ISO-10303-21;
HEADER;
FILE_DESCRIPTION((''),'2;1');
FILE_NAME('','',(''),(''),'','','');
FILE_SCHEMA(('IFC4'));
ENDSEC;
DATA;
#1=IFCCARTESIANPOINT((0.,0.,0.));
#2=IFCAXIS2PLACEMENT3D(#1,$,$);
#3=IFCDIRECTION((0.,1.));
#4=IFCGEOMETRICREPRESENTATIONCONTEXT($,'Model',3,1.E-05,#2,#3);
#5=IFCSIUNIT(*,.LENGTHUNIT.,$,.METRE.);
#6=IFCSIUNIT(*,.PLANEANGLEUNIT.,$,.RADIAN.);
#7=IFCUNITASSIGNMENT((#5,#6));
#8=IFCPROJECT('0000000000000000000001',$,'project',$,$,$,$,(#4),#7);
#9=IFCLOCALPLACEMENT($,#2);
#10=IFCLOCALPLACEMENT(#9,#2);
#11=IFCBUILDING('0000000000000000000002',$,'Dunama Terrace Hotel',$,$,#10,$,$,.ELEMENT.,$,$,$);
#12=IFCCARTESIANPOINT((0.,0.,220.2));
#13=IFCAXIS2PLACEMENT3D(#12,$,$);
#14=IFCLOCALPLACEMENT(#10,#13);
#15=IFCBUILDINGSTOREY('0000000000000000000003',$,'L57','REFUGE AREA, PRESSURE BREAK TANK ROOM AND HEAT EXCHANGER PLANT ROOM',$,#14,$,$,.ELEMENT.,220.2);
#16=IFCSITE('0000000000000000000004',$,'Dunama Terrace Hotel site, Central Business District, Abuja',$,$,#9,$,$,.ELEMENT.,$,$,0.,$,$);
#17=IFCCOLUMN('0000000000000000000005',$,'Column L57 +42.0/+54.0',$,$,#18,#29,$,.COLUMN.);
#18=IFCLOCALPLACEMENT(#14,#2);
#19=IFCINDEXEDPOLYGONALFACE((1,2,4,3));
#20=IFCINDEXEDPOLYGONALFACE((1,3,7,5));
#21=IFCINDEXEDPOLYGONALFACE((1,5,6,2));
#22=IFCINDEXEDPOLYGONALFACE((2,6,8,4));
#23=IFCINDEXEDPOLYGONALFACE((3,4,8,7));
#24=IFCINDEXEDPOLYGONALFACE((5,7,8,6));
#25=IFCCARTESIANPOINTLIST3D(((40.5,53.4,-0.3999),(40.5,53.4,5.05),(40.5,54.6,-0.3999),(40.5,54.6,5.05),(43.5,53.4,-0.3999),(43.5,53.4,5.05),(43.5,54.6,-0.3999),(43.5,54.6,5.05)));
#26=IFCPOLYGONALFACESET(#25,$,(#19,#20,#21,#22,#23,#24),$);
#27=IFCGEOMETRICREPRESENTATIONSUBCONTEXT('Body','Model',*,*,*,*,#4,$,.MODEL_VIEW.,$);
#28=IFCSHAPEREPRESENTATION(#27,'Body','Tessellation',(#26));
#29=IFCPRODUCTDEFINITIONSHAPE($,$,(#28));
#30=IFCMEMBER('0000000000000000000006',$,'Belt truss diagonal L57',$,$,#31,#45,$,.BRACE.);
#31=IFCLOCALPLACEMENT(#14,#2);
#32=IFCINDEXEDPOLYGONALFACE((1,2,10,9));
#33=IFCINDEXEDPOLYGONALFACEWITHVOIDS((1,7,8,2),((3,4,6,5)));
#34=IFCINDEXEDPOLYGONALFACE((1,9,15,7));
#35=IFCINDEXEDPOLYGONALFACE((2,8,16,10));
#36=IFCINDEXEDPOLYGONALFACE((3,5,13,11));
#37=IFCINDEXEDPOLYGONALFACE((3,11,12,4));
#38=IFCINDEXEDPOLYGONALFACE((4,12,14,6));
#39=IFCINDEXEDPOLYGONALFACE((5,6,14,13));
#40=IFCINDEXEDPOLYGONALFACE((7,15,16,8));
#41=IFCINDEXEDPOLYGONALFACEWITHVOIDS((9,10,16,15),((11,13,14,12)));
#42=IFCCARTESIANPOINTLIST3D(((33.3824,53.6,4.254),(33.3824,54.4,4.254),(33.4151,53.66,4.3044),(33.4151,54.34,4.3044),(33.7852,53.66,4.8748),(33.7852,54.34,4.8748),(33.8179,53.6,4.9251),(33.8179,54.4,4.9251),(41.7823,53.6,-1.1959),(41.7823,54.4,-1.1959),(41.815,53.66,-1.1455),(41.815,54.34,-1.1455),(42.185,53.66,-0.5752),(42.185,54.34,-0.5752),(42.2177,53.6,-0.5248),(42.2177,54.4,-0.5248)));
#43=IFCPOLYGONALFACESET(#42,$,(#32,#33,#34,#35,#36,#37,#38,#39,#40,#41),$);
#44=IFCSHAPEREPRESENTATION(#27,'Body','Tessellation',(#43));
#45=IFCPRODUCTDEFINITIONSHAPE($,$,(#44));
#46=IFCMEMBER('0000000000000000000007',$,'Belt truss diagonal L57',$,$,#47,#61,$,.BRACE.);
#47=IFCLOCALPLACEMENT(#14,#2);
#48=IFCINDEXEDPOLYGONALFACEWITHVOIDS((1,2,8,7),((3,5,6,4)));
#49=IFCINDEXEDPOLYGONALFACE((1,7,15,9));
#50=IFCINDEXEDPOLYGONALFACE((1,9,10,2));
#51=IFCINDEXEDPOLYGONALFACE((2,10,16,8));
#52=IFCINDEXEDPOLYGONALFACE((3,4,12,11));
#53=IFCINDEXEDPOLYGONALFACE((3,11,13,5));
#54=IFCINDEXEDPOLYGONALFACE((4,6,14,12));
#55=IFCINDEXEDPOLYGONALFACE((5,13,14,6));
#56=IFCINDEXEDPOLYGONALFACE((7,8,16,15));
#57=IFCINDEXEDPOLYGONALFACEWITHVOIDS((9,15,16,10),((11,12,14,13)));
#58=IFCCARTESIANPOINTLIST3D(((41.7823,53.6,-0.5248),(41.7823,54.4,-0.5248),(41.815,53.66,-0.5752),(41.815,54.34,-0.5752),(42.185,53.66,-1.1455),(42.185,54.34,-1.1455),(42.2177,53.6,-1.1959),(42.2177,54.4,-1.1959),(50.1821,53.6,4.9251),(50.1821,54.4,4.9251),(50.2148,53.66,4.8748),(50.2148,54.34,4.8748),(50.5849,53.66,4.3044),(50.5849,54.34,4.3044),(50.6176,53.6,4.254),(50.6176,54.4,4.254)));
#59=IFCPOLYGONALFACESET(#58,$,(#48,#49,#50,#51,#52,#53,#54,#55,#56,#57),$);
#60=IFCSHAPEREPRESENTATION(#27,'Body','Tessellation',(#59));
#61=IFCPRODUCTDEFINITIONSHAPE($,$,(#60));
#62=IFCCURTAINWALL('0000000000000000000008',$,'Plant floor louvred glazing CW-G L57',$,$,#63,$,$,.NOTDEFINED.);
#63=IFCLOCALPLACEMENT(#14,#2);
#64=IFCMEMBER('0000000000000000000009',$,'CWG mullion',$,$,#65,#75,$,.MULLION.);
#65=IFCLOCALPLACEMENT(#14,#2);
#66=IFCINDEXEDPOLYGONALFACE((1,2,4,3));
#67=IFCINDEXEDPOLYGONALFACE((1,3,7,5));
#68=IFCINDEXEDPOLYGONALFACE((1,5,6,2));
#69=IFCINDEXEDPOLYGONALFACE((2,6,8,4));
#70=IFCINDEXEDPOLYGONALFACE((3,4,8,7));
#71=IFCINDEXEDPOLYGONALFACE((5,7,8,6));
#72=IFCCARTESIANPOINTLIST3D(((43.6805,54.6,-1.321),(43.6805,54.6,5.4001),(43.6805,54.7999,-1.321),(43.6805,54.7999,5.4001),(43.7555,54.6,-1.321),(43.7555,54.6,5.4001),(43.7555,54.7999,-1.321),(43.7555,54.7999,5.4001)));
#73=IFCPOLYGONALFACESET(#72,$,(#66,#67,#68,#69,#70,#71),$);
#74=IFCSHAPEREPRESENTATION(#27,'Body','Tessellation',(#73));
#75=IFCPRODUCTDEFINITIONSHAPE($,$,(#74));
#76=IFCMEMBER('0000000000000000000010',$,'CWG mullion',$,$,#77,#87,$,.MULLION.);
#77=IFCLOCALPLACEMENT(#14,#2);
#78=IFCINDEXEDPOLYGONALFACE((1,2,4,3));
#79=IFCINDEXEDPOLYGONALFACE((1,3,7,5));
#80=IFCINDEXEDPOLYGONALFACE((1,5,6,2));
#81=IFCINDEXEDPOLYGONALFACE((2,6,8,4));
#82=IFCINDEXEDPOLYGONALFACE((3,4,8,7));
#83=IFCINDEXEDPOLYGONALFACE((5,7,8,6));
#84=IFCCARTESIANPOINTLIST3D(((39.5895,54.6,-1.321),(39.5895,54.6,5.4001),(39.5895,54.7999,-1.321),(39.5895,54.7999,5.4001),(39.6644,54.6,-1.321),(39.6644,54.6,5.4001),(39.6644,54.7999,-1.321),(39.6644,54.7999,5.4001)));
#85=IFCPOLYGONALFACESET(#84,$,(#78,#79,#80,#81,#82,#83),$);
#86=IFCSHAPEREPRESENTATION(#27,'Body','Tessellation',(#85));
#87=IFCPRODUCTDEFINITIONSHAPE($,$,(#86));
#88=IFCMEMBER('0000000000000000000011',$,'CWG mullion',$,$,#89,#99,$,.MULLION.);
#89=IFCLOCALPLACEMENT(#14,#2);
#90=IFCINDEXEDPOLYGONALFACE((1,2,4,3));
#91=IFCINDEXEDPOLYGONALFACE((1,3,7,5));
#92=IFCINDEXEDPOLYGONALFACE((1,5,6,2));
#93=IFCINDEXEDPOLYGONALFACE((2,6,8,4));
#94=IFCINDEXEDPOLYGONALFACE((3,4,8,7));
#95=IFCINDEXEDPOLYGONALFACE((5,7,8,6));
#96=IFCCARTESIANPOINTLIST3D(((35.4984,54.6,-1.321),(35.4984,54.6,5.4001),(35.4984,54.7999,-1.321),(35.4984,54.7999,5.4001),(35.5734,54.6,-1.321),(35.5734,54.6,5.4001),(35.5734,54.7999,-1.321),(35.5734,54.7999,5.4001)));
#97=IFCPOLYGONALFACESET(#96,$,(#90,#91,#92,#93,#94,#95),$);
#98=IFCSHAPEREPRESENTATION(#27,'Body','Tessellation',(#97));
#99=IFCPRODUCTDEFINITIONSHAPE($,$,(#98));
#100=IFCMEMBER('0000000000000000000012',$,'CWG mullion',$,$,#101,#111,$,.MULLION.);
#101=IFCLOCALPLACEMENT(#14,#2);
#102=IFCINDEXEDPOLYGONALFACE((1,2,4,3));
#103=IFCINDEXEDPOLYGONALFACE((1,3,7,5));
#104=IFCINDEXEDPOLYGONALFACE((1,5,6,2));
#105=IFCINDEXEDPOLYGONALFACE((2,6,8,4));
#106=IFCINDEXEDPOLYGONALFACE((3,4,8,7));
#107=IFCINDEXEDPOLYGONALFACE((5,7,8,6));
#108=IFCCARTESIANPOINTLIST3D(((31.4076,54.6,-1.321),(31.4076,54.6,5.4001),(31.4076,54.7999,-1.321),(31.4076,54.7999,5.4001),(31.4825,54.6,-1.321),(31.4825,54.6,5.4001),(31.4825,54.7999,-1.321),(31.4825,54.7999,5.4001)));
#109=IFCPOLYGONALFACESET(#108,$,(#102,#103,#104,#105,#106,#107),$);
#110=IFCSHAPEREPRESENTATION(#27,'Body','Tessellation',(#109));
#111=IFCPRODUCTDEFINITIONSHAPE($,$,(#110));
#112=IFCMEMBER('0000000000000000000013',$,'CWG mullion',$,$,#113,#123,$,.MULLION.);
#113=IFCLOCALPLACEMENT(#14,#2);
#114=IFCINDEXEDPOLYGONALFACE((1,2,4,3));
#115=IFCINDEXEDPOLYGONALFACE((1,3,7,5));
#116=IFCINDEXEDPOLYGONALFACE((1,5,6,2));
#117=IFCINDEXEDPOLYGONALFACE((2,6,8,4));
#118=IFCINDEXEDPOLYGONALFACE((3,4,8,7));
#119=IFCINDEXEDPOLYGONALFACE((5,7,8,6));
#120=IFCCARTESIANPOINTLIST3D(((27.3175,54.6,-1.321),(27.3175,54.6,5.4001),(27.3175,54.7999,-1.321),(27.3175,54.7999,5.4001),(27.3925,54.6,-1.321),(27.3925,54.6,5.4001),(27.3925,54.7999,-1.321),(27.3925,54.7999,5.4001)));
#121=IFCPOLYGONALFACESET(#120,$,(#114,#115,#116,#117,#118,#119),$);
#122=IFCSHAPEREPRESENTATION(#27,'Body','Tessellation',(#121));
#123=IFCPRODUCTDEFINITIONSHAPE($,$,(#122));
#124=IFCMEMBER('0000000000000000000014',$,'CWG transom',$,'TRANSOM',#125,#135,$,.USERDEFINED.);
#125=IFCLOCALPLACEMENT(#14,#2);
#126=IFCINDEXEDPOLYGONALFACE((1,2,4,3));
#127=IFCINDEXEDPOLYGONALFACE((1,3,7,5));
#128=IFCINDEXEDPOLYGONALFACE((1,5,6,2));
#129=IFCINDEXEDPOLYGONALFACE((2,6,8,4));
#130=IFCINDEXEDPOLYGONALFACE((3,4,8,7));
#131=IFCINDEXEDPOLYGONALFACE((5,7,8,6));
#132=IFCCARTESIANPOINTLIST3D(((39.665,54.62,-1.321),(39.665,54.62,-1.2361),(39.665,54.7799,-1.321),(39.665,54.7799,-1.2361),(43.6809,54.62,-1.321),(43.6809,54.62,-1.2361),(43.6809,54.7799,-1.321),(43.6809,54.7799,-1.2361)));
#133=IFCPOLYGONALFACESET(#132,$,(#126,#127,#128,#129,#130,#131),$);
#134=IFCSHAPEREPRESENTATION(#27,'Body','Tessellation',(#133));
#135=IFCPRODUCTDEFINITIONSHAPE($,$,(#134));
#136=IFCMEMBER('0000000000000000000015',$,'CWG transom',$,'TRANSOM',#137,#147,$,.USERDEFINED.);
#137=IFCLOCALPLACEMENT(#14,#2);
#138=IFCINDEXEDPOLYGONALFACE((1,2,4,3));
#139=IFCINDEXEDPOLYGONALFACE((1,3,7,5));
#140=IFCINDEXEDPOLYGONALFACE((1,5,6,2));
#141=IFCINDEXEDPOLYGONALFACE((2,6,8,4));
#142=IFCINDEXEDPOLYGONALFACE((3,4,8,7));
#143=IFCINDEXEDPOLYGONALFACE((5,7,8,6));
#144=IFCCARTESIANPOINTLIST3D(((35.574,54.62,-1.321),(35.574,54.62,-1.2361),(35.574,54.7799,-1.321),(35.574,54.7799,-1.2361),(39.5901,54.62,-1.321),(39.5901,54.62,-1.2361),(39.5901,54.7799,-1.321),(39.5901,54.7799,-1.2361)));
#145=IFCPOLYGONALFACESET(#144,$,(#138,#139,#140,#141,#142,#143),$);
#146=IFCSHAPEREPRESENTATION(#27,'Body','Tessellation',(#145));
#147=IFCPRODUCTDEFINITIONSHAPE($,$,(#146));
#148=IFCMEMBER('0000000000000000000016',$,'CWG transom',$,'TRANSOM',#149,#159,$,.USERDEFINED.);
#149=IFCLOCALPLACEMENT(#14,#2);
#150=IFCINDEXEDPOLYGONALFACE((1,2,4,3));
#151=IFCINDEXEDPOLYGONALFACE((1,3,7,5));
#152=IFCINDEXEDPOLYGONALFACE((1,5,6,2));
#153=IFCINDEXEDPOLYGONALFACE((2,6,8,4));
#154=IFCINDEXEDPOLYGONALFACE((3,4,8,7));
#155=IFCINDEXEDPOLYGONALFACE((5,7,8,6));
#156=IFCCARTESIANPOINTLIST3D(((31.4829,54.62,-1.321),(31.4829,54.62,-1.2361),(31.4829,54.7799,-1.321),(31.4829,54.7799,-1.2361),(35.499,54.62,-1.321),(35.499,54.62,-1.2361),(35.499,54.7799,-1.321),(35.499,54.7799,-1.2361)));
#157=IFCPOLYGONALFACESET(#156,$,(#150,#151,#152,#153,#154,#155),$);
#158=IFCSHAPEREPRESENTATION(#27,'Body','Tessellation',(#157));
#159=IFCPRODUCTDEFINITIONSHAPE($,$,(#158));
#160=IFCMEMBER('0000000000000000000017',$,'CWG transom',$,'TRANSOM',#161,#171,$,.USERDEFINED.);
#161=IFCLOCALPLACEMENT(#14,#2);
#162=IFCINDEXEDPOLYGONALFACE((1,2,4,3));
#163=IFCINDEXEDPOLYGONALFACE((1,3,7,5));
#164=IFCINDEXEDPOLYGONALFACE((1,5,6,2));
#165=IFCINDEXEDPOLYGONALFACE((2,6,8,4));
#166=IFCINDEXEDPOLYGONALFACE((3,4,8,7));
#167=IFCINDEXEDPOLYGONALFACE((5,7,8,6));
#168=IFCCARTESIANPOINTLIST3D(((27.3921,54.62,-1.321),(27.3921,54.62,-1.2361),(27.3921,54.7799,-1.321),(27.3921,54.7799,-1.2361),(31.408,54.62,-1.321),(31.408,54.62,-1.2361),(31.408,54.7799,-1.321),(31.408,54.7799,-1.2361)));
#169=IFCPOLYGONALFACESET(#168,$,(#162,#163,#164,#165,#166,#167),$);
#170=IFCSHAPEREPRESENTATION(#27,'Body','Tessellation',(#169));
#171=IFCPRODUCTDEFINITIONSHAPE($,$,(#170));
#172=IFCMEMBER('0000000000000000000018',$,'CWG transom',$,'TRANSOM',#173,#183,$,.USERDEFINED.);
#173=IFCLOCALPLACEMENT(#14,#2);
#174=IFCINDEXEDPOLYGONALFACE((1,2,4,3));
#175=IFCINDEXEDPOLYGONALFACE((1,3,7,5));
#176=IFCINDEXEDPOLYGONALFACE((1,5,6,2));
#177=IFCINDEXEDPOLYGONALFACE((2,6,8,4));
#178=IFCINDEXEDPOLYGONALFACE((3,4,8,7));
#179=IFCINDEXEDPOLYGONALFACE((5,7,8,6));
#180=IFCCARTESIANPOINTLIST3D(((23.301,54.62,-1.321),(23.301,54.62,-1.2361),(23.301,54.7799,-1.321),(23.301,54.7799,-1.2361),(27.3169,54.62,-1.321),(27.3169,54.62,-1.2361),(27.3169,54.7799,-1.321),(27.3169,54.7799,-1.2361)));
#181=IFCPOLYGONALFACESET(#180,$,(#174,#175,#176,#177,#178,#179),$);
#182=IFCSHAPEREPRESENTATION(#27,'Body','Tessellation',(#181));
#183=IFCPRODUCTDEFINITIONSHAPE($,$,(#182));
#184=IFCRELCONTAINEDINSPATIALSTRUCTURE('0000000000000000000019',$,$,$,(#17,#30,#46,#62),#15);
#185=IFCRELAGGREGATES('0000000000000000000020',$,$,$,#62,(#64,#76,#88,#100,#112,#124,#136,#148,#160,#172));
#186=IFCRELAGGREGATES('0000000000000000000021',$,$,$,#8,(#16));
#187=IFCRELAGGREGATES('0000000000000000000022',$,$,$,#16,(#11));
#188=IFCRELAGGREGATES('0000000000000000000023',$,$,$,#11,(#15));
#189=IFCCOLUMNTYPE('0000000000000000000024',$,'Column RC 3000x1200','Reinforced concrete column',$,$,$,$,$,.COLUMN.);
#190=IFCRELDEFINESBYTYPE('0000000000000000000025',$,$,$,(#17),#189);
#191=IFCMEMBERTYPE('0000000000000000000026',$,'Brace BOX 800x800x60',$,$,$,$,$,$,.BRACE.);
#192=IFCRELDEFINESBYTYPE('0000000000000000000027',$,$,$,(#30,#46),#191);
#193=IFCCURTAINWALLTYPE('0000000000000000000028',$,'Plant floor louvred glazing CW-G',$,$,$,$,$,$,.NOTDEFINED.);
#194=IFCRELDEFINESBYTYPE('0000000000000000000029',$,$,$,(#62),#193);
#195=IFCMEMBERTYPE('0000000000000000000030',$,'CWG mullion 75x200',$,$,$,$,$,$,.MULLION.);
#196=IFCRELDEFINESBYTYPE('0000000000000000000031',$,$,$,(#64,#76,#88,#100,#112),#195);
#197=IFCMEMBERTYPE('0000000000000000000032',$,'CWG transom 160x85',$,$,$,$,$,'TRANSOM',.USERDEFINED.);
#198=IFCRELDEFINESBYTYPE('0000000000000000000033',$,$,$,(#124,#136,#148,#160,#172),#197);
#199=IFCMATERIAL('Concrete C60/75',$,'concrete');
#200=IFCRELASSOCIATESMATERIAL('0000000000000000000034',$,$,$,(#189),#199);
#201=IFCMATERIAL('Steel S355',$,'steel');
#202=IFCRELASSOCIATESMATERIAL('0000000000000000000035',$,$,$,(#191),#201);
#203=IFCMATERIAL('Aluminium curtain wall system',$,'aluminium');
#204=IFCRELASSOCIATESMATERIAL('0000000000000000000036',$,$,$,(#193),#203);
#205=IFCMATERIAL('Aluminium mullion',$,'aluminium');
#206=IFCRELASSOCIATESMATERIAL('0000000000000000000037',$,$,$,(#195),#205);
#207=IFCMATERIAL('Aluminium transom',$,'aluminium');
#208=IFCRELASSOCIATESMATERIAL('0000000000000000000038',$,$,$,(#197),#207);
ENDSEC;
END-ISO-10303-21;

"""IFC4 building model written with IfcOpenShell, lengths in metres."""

from ifc_helpers import new_model, si_unit, direction, frame, origin, origin_2d, place, context, subcontext, project, spatial, rectangle, hollow_rectangle, extrude, material, material_profile, profile_set, type_object, element, aggregate, save


model = new_model("IFC4")

# Units and contexts
model_context = context("Model", 3, precision=1e-05, world=origin(), true_north=direction((0.0, 1.0)))
body_context = subcontext(model_context, "Body", "Model", "MODEL_VIEW")
ifc_project = project(units=[si_unit("LENGTHUNIT", "METRE"), si_unit("PLANEANGLEUNIT", "RADIAN")], contexts=[model_context])

# Site, building, storey
site_placement = place(None, origin())
site = spatial("IfcSite", under=ifc_project, at=site_placement, Name="Dunama Terrace Hotel site, Central Business District, Abuja", CompositionType="ELEMENT", RefElevation=0.0)
building_placement = place(site_placement, origin())
building = spatial("IfcBuilding", under=site, at=building_placement, Name="Dunama Terrace Hotel", CompositionType="ELEMENT")
storey_placement = place(building_placement, frame((0.0, 0.0, 220.2)))
storey = spatial("IfcBuildingStorey", under=building, at=storey_placement, Name="L57", Description="REFUGE AREA, PRESSURE BREAK TANK ROOM AND HEAT EXCHANGER PLANT ROOM", CompositionType="ELEMENT", Elevation=220.2)

# Column
ifc_material_1 = material(Name="Concrete C60/75", Category="concrete")
ifc_material_profile_1 = material_profile(ifc_material_1, rectangle(XDim=3.0, YDim=1.2, at=origin_2d()), Name="RC 3000x1200")
ifc_profile_set_1 = profile_set([ifc_material_profile_1], Name="Concrete C60/75")
column_type = type_object("IfcColumnType", Name="Column RC 3000x1200", Description="Reinforced concrete column", PredefinedType="COLUMN", material=ifc_profile_set_1)
column_placement = place(storey_placement, frame((42.0, 54.0, -0.3999), z_axis=(0.0, 0.0, 1.0), x_axis=(1.0, 0.0, 0.0)))
element("IfcColumn", 1, at=column_placement, inside=storey, type_object=column_type, Name="Column L57 +42.0/+54.0", PredefinedType="COLUMN", context=body_context, shape_type="SweptSolid", body=[
    extrude(rectangle(XDim=3.0, YDim=1.2, at=origin_2d()), origin(), (0.0, 0.0, 1.0), 5.45),
])

# Members
ifc_material_2 = material(Name="Steel S355", Category="steel")
ifc_material_profile_2 = material_profile(ifc_material_2, hollow_rectangle(XDim=0.8, YDim=0.8, WallThickness=0.0601, at=origin_2d()), Name="BOX 800x800x60")
ifc_profile_set_2 = profile_set([ifc_material_profile_2], Name="Steel S355")
member_type_1 = type_object("IfcMemberType", Name="Brace BOX 800x800x60", PredefinedType="BRACE", material=ifc_profile_set_2)
for number, where, z_axis, x_axis, name in (
    (2, (42.0, 54.0, -0.8604), (-0.838899, 0.0, 0.544287), (0.0, -1.0, 0.0), "Belt truss diagonal L57"),
    (3, (42.0, 54.0, -0.8604), (0.838899, 0.0, 0.544287), (0.0, 1.0, 0.0), "Belt truss diagonal L57"),
):
    element("IfcMember", number, at=place(storey_placement, frame(where, z_axis=z_axis, x_axis=x_axis)), inside=storey, type_object=member_type_1, Name=name, PredefinedType="BRACE", context=body_context, shape_type="SweptSolid", body=[
        extrude(hollow_rectangle(XDim=0.8, YDim=0.8, WallThickness=0.0601, at=origin_2d()), origin(), (0.0, 0.0, 1.0), 10.0129),
    ])

# Curtain wall, members
ifc_material_3 = material(Name="Aluminium curtain wall system", Category="aluminium")
curtain_wall_type = type_object("IfcCurtainWallType", Name="Plant floor louvred glazing CW-G", PredefinedType="NOTDEFINED", material=ifc_material_3)
curtain_wall_placement = place(storey_placement, origin())
curtain_wall = element("IfcCurtainWall", 4, at=curtain_wall_placement, inside=storey, type_object=curtain_wall_type, Name="Plant floor louvred glazing CW-G L57", PredefinedType="NOTDEFINED")
ifc_material_4 = material(Name="Aluminium mullion", Category="aluminium")
ifc_material_profile_3 = material_profile(ifc_material_4, rectangle(XDim=0.075, YDim=0.2, at=origin_2d()), Name="CWG MULLION 75X200")
ifc_profile_set_3 = profile_set([ifc_material_profile_3], Name="Aluminium mullion")
member_type_2 = type_object("IfcMemberType", Name="CWG mullion 75x200", PredefinedType="MULLION", material=ifc_profile_set_3)
member_1_placement = place(storey_placement, frame((43.718, 54.7, -1.321), z_axis=(0.0, 0.0, 1.0), x_axis=(-1.0, 0.0, 0.0)))
member_1 = element("IfcMember", 5, at=member_1_placement, type_object=member_type_2, Name="CWG mullion", PredefinedType="MULLION", context=body_context, shape_type="SweptSolid", body=[
    extrude(rectangle(XDim=0.075, YDim=0.2, at=origin_2d()), origin(), (0.0, 0.0, 1.0), 6.7212),
])
member_2_placement = place(storey_placement, frame((39.627, 54.7, -1.321), z_axis=(0.0, 0.0, 1.0), x_axis=(-1.0, 0.0, 0.0)))
member_2 = element("IfcMember", 6, at=member_2_placement, type_object=member_type_2, Name="CWG mullion", PredefinedType="MULLION", context=body_context, shape_type="SweptSolid", body=[
    extrude(rectangle(XDim=0.075, YDim=0.2, at=origin_2d()), origin(), (0.0, 0.0, 1.0), 6.7212),
])
member_3_placement = place(storey_placement, frame((35.5359, 54.7, -1.321), z_axis=(0.0, 0.0, 1.0), x_axis=(-1.0, 0.0, 0.0)))
member_3 = element("IfcMember", 7, at=member_3_placement, type_object=member_type_2, Name="CWG mullion", PredefinedType="MULLION", context=body_context, shape_type="SweptSolid", body=[
    extrude(rectangle(XDim=0.075, YDim=0.2, at=origin_2d()), origin(), (0.0, 0.0, 1.0), 6.7212),
])
member_4_placement = place(storey_placement, frame((31.4451, 54.7, -1.321), z_axis=(0.0, 0.0, 1.0), x_axis=(-1.0, 0.0, 0.0)))
member_4 = element("IfcMember", 8, at=member_4_placement, type_object=member_type_2, Name="CWG mullion", PredefinedType="MULLION", context=body_context, shape_type="SweptSolid", body=[
    extrude(rectangle(XDim=0.075, YDim=0.2, at=origin_2d()), origin(), (0.0, 0.0, 1.0), 6.7212),
])
member_5_placement = place(storey_placement, frame((27.355, 54.7, -1.321), z_axis=(0.0, 0.0, 1.0), x_axis=(-1.0, 0.0, 0.0)))
member_5 = element("IfcMember", 9, at=member_5_placement, type_object=member_type_2, Name="CWG mullion", PredefinedType="MULLION", context=body_context, shape_type="SweptSolid", body=[
    extrude(rectangle(XDim=0.075, YDim=0.2, at=origin_2d()), origin(), (0.0, 0.0, 1.0), 6.7212),
])
ifc_material_5 = material(Name="Aluminium transom", Category="aluminium")
ifc_material_profile_4 = material_profile(ifc_material_5, rectangle(XDim=0.1599, YDim=0.085, at=origin_2d()), Name="CWG TRANSOM 160X85")
ifc_profile_set_4 = profile_set([ifc_material_profile_4], Name="Aluminium transom")
member_type_3 = type_object("IfcMemberType", Name="CWG transom 160x85", ElementType="TRANSOM", PredefinedType="USERDEFINED", material=ifc_profile_set_4)
member_6_placement = place(storey_placement, frame((43.6809, 54.7, -1.2786), z_axis=(-1.0, 0.0, 0.0), x_axis=(0.0, -1.0, 0.0)))
member_6 = element("IfcMember", 10, at=member_6_placement, type_object=member_type_3, Name="CWG transom", ObjectType="TRANSOM", PredefinedType="USERDEFINED", context=body_context, shape_type="SweptSolid", body=[
    extrude(rectangle(XDim=0.1599, YDim=0.085, at=origin_2d()), origin(), (0.0, 0.0, 1.0), 4.0159),
])
member_7_placement = place(storey_placement, frame((39.5901, 54.7, -1.2786), z_axis=(-1.0, 0.0, 0.0), x_axis=(0.0, -1.0, 0.0)))
member_7 = element("IfcMember", 11, at=member_7_placement, type_object=member_type_3, Name="CWG transom", ObjectType="TRANSOM", PredefinedType="USERDEFINED", context=body_context, shape_type="SweptSolid", body=[
    extrude(rectangle(XDim=0.1599, YDim=0.085, at=origin_2d()), origin(), (0.0, 0.0, 1.0), 4.0161),
])
member_8_placement = place(storey_placement, frame((35.499, 54.7, -1.2786), z_axis=(-1.0, 0.0, 0.0), x_axis=(0.0, -1.0, 0.0)))
member_8 = element("IfcMember", 12, at=member_8_placement, type_object=member_type_3, Name="CWG transom", ObjectType="TRANSOM", PredefinedType="USERDEFINED", context=body_context, shape_type="SweptSolid", body=[
    extrude(rectangle(XDim=0.1599, YDim=0.085, at=origin_2d()), origin(), (0.0, 0.0, 1.0), 4.0161),
])
member_9_placement = place(storey_placement, frame((31.408, 54.7, -1.2786), z_axis=(-1.0, 0.0, 0.0), x_axis=(0.0, -1.0, 0.0)))
member_9 = element("IfcMember", 13, at=member_9_placement, type_object=member_type_3, Name="CWG transom", ObjectType="TRANSOM", PredefinedType="USERDEFINED", context=body_context, shape_type="SweptSolid", body=[
    extrude(rectangle(XDim=0.1599, YDim=0.085, at=origin_2d()), origin(), (0.0, 0.0, 1.0), 4.0159),
])
member_10_placement = place(storey_placement, frame((27.3169, 54.7, -1.2786), z_axis=(-1.0, 0.0, 0.0), x_axis=(0.0, -1.0, 0.0)))
member_10 = element("IfcMember", 14, at=member_10_placement, type_object=member_type_3, Name="CWG transom", ObjectType="TRANSOM", PredefinedType="USERDEFINED", context=body_context, shape_type="SweptSolid", body=[
    extrude(rectangle(XDim=0.1599, YDim=0.085, at=origin_2d()), origin(), (0.0, 0.0, 1.0), 4.0159),
])

aggregate(curtain_wall, [member_1, member_2, member_3, member_4, member_5, member_6, member_7, member_8, member_9, member_10])

save(model, "model.ifc")
